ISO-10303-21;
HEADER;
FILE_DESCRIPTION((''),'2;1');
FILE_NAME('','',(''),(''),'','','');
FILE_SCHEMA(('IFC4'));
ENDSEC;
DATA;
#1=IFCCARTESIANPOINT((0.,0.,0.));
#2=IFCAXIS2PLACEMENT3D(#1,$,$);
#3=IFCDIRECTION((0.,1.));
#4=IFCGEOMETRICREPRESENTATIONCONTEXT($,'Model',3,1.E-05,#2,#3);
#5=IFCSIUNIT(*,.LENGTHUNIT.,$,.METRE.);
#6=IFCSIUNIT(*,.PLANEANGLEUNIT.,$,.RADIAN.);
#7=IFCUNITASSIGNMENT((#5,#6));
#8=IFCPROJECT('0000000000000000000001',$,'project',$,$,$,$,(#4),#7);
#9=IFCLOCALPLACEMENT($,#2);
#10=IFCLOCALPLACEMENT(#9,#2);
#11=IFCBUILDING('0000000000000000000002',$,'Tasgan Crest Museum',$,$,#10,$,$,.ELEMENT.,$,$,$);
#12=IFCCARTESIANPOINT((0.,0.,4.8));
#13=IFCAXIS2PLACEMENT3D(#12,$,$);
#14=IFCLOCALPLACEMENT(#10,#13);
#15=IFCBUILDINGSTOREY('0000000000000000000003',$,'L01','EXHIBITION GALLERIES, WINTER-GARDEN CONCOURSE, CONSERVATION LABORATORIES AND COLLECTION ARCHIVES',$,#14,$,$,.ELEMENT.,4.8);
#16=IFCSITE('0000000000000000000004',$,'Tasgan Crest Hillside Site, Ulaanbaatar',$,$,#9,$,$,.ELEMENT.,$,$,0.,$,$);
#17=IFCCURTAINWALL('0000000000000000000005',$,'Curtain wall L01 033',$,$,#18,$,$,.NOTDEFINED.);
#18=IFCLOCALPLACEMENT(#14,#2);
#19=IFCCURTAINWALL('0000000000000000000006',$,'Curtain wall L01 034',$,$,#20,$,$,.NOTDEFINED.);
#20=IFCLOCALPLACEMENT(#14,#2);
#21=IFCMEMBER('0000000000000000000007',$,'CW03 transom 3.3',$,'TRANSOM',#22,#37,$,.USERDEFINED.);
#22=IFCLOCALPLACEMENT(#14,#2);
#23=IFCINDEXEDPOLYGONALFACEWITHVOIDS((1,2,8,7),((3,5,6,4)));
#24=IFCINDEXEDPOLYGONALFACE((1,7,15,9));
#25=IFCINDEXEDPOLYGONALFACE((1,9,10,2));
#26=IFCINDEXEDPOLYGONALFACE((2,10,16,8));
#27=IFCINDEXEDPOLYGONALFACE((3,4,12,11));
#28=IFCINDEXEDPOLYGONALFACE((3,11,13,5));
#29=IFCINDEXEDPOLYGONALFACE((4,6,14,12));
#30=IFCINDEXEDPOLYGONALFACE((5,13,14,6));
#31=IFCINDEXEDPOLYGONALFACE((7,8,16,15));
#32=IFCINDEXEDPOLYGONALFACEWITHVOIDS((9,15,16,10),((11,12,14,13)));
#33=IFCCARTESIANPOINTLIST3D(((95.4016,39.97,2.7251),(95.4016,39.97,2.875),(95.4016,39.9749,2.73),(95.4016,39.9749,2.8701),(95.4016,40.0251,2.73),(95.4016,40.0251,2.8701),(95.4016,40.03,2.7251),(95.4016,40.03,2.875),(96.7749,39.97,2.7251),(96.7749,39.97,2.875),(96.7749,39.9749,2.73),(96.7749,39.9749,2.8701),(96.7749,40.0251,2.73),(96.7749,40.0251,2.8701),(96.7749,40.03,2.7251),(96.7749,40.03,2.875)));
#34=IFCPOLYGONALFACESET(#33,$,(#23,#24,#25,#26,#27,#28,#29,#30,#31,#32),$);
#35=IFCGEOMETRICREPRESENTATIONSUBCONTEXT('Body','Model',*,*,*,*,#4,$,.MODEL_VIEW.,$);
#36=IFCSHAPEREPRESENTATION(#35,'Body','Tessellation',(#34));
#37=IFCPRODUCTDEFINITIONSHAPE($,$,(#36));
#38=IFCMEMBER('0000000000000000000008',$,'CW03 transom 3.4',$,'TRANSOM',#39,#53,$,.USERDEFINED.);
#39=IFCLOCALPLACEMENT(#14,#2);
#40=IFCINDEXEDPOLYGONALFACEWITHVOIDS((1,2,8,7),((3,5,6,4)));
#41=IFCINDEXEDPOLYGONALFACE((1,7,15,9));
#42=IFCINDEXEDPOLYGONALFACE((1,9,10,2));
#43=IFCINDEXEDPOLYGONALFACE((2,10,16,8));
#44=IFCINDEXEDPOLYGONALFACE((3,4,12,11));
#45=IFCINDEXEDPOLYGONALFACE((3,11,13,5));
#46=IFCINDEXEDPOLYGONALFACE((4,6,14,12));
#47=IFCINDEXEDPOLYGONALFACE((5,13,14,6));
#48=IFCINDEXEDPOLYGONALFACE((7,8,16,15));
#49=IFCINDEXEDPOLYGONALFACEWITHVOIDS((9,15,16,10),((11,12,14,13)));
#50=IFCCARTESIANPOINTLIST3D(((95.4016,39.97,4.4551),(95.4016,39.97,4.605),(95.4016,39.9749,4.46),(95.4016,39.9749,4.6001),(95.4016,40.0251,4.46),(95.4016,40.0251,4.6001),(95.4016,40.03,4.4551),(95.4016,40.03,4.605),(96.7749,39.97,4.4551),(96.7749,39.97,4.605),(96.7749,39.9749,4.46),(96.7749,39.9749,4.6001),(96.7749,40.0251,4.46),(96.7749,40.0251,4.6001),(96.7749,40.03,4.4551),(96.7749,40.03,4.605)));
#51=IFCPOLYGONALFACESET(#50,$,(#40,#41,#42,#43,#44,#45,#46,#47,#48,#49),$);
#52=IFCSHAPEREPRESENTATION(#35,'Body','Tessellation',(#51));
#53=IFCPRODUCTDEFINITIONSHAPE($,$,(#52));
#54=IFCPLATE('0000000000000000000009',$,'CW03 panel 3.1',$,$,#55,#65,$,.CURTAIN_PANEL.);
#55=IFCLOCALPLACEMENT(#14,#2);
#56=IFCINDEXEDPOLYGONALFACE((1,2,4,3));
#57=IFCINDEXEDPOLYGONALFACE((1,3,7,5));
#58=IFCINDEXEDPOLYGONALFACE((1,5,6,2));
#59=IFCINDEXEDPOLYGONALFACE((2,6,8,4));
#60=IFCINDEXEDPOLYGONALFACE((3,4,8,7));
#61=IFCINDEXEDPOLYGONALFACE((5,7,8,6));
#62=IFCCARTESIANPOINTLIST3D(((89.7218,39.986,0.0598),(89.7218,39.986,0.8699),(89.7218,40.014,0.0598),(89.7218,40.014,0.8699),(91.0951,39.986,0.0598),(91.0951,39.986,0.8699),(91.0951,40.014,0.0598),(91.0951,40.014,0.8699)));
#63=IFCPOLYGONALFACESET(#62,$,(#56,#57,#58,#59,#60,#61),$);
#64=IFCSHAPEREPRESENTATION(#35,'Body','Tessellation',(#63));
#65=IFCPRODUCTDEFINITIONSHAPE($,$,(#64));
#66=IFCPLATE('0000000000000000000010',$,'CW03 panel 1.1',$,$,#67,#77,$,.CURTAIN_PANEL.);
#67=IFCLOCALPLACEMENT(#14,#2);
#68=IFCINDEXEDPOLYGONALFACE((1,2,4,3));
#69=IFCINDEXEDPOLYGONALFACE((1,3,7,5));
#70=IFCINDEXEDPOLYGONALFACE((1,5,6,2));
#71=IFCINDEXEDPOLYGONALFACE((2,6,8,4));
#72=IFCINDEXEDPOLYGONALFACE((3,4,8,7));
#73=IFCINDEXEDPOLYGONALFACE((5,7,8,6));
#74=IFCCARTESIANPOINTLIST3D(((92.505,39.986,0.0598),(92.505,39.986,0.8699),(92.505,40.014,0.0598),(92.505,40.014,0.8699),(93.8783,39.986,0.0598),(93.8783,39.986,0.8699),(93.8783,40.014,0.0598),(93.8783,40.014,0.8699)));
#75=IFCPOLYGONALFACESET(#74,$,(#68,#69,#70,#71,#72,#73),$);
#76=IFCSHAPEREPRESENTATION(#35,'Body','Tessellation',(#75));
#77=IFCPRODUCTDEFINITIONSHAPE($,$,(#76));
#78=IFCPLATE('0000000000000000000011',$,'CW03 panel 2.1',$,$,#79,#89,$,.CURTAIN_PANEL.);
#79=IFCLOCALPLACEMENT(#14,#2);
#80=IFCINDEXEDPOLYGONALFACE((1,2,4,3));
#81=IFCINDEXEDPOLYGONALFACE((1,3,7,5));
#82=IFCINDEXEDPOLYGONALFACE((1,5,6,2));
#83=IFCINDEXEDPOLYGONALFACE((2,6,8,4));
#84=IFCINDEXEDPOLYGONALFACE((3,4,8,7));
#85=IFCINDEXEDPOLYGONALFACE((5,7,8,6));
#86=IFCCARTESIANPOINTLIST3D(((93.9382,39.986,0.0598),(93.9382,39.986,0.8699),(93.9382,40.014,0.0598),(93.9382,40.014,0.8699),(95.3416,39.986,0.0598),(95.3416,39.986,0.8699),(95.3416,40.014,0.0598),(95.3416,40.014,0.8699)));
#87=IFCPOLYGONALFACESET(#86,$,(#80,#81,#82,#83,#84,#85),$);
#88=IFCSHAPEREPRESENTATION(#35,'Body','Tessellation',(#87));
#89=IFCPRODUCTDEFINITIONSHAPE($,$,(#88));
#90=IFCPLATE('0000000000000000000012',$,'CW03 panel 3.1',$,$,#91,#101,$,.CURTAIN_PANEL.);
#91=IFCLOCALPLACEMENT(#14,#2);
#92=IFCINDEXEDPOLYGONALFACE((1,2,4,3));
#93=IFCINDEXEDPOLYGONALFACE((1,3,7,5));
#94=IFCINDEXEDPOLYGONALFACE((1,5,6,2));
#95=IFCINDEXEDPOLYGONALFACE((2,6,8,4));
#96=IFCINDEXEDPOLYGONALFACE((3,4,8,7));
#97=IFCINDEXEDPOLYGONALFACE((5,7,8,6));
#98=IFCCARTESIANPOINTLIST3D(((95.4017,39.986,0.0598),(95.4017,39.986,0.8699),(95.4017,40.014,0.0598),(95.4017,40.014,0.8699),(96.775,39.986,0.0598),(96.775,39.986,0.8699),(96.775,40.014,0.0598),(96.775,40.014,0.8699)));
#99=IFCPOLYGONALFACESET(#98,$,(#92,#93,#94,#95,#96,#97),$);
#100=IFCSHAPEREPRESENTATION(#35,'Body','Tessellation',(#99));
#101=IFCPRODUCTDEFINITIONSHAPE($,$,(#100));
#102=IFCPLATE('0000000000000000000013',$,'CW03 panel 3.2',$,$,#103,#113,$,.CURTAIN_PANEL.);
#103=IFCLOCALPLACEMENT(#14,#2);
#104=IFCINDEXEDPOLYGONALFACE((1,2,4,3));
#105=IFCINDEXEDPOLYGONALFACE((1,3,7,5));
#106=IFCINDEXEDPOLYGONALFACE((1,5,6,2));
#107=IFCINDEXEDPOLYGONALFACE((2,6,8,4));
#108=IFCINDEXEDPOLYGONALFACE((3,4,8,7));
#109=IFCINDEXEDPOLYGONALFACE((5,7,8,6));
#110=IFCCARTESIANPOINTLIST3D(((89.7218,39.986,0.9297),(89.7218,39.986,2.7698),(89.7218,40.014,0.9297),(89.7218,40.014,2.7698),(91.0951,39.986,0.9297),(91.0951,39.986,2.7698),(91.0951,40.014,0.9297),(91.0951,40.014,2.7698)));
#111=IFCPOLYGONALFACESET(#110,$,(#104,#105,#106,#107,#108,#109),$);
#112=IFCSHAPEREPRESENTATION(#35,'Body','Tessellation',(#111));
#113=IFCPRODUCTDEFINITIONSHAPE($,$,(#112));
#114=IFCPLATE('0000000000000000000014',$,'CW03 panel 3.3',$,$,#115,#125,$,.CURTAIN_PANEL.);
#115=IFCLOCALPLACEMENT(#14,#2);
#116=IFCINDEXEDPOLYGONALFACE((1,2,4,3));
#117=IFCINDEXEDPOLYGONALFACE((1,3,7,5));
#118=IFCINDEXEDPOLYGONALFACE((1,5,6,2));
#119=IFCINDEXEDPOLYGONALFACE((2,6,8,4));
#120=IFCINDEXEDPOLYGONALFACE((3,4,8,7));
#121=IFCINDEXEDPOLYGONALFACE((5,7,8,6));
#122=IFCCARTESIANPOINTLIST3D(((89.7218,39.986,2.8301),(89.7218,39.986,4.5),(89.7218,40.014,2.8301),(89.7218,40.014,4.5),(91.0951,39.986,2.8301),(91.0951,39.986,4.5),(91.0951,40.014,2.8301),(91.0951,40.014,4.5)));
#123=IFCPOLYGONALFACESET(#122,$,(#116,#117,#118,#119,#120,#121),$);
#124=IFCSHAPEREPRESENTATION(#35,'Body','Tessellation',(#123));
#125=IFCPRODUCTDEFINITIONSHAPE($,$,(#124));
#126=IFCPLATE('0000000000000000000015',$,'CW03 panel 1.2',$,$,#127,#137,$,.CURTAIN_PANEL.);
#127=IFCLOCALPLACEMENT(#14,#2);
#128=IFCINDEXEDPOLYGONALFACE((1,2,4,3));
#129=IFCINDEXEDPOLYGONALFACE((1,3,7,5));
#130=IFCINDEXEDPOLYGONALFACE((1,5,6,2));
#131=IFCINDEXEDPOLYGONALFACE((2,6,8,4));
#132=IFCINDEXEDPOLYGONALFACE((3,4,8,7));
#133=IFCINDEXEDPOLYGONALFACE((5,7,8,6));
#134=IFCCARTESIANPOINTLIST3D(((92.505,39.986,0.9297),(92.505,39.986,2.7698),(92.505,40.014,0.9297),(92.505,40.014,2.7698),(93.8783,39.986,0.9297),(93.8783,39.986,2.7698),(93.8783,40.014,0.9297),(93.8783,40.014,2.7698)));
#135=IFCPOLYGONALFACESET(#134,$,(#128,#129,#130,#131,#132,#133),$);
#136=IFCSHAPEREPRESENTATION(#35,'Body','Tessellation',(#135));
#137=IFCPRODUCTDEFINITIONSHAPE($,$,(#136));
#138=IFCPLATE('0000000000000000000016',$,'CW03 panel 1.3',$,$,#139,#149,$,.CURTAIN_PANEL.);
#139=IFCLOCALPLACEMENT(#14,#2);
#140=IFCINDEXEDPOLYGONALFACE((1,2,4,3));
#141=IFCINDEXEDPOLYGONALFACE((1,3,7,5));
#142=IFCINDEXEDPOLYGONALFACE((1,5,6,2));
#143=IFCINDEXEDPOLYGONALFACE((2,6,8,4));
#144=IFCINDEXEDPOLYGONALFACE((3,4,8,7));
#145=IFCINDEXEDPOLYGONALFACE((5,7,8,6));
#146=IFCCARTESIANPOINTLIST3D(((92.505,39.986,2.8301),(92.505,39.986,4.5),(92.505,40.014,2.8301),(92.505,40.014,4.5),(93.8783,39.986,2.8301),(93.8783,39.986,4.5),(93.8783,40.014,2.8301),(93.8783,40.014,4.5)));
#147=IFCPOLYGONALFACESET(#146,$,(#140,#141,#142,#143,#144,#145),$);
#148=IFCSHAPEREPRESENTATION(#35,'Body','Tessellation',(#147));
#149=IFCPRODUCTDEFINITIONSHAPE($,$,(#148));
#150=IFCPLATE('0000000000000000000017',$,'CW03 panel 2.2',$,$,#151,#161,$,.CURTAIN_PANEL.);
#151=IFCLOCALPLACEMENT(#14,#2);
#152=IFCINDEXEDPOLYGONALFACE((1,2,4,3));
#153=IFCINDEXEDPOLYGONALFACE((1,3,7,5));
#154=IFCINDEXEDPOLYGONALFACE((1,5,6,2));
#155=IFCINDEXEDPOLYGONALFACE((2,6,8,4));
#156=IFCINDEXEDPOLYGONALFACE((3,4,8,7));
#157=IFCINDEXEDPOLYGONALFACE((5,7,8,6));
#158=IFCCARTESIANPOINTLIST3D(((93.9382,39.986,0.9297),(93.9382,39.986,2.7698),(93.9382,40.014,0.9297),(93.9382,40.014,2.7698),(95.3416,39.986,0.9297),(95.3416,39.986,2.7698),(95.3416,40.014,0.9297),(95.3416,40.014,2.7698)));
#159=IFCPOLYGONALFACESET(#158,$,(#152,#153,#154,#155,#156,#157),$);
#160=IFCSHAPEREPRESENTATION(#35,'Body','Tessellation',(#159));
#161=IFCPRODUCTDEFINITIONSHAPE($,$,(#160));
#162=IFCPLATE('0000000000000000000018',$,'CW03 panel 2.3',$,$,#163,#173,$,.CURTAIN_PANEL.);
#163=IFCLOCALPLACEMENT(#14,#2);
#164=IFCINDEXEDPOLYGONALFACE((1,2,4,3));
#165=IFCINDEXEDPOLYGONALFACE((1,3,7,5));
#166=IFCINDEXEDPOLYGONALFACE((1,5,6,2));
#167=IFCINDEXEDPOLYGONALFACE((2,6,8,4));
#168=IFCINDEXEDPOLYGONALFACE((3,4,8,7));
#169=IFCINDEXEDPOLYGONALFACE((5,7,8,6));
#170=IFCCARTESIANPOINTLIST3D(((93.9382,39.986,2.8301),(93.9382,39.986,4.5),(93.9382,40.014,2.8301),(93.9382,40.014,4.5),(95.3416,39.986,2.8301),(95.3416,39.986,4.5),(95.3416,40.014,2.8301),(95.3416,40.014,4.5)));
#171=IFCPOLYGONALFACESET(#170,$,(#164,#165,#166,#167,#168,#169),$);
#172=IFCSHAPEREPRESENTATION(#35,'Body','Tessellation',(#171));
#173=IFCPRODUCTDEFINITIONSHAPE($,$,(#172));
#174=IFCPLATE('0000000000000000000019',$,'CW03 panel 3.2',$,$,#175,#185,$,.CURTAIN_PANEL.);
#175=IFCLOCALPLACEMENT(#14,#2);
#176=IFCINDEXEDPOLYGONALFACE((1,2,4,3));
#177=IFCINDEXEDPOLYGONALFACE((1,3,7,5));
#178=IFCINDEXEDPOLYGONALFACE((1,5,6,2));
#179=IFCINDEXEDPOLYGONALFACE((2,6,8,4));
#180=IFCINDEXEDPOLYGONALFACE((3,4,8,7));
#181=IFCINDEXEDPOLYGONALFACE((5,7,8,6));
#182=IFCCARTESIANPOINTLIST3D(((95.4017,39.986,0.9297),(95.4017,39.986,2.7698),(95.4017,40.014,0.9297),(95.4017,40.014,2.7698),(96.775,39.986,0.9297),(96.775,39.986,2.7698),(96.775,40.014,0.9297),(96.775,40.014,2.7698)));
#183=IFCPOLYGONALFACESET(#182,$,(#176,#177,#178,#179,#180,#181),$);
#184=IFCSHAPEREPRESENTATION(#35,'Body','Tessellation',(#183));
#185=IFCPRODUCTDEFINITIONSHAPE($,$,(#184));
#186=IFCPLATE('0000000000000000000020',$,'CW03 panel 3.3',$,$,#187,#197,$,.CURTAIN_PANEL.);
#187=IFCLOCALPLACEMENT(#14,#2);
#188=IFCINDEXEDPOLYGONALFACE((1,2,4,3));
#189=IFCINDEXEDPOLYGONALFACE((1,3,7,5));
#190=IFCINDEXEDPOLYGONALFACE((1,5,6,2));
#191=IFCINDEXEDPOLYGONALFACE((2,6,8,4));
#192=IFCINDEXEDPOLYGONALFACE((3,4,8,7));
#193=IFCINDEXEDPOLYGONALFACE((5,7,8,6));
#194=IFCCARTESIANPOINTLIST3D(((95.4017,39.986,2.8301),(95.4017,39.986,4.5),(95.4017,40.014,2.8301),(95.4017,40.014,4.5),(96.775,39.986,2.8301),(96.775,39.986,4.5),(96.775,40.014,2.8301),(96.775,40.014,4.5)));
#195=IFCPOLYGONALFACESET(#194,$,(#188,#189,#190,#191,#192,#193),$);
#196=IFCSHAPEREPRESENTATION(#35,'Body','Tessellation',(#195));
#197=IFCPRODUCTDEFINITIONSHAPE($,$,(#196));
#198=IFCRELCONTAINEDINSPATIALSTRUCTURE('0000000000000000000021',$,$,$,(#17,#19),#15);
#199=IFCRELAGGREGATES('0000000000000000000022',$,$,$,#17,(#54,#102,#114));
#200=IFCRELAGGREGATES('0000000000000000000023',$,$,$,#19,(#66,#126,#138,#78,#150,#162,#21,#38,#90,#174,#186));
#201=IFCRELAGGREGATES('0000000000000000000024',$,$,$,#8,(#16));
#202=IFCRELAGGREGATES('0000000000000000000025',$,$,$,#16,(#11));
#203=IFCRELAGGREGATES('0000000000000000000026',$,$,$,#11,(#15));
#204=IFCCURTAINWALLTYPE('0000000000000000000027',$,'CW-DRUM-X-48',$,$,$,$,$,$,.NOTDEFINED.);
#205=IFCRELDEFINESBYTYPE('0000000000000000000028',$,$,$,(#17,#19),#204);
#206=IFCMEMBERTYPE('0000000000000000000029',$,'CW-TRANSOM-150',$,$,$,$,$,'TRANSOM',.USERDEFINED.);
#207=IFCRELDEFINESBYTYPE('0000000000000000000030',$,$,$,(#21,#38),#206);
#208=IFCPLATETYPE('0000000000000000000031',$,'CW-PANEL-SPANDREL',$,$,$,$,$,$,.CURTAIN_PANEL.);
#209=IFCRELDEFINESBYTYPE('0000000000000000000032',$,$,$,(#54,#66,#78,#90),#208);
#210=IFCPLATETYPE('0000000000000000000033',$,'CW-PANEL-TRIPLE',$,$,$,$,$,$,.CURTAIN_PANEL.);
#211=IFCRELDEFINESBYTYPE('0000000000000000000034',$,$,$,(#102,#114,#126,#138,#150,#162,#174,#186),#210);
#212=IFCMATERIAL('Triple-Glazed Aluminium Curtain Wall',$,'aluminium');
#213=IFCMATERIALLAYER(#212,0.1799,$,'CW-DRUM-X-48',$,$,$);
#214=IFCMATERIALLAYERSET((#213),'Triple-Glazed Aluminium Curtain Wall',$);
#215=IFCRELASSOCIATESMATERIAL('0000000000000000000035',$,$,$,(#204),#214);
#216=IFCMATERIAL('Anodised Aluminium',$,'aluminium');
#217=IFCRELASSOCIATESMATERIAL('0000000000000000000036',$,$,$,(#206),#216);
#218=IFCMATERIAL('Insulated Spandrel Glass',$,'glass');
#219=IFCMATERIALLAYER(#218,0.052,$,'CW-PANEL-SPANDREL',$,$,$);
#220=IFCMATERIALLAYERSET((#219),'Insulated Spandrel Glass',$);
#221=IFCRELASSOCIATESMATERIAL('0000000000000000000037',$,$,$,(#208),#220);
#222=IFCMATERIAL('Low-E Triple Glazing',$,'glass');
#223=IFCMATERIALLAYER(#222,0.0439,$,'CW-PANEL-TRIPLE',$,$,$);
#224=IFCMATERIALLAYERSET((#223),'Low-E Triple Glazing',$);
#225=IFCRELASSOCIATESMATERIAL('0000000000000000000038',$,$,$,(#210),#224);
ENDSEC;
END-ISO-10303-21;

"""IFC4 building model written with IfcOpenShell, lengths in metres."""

from ifc_helpers import new_model, si_unit, direction, frame, origin, origin_2d, place, context, subcontext, project, spatial, rectangle, hollow_rectangle, extrude, material, layer, layer_set, material_profile, profile_set, type_object, element, aggregate, save


model = new_model("IFC4")

# Units and contexts
model_context = context("Model", 3, precision=1e-05, world=origin(), true_north=direction((0.0, 1.0)))
body_context = subcontext(model_context, "Body", "Model", "MODEL_VIEW")
ifc_project = project(units=[si_unit("LENGTHUNIT", "METRE"), si_unit("PLANEANGLEUNIT", "RADIAN")], contexts=[model_context])

# Site, building, storey
site_placement = place(None, origin())
site = spatial("IfcSite", under=ifc_project, at=site_placement, Name="Tasgan Crest Hillside Site, Ulaanbaatar", CompositionType="ELEMENT", RefElevation=0.0)
building_placement = place(site_placement, origin())
building = spatial("IfcBuilding", under=site, at=building_placement, Name="Tasgan Crest Museum", CompositionType="ELEMENT")
storey_placement = place(building_placement, frame((0.0, 0.0, 4.8)))
storey = spatial("IfcBuildingStorey", under=building, at=storey_placement, Name="L01", Description="EXHIBITION GALLERIES, WINTER-GARDEN CONCOURSE, CONSERVATION LABORATORIES AND COLLECTION ARCHIVES", CompositionType="ELEMENT", Elevation=4.8)

# Curtain wall
ifc_material_1 = material(Name="Triple-Glazed Aluminium Curtain Wall", Category="aluminium")
ifc_layer_1 = layer(ifc_material_1, 0.1799, Name="CW-DRUM-X-48")
ifc_layer_set_1 = layer_set([ifc_layer_1], Name="Triple-Glazed Aluminium Curtain Wall")
curtain_wall_type = type_object("IfcCurtainWallType", Name="CW-DRUM-X-48", PredefinedType="NOTDEFINED", material=ifc_layer_set_1)
curtain_wall_1_placement = place(storey_placement, origin())
curtain_wall_1 = element("IfcCurtainWall", 1, at=curtain_wall_1_placement, inside=storey, type_object=curtain_wall_type, Name="Curtain wall L01 033", PredefinedType="NOTDEFINED")

# Curtain wall
curtain_wall_2_placement = place(storey_placement, origin())
curtain_wall_2 = element("IfcCurtainWall", 2, at=curtain_wall_2_placement, inside=storey, type_object=curtain_wall_type, Name="Curtain wall L01 034", PredefinedType="NOTDEFINED")

# Members
ifc_material_2 = material(Name="Anodised Aluminium", Category="aluminium")
ifc_material_profile_1 = material_profile(ifc_material_2, hollow_rectangle(XDim=0.0601, YDim=0.1499, WallThickness=0.0049, at=origin_2d()), Name="ALU TRANSOM 150x60x5")
ifc_profile_set_1 = profile_set([ifc_material_profile_1], Name="Anodised Aluminium")
member_type_1 = type_object("IfcMemberType", Name="CW-TRANSOM-150", ElementType="TRANSOM", PredefinedType="USERDEFINED", material=ifc_profile_set_1)
member_1_placement = place(storey_placement, frame((95.4016, 40.0, 2.8), z_axis=(1.0, 0.0, 0.0), x_axis=(0.0, 1.0, 0.0)))
member_1 = element("IfcMember", 3, at=member_1_placement, type_object=member_type_1, Name="CW03 transom 3.3", ObjectType="TRANSOM", PredefinedType="USERDEFINED", context=body_context, shape_type="SweptSolid", body=[
    extrude(hollow_rectangle(XDim=0.0601, YDim=0.1499, WallThickness=0.0049, at=origin_2d()), origin(), (0.0, 0.0, 1.0), 1.3733),
])
member_2_placement = place(storey_placement, frame((95.4016, 40.0, 4.53), z_axis=(1.0, 0.0, 0.0), x_axis=(0.0, 1.0, 0.0)))
member_2 = element("IfcMember", 4, at=member_2_placement, type_object=member_type_1, Name="CW03 transom 3.4", ObjectType="TRANSOM", PredefinedType="USERDEFINED", context=body_context, shape_type="SweptSolid", body=[
    extrude(hollow_rectangle(XDim=0.0601, YDim=0.1499, WallThickness=0.0049, at=origin_2d()), origin(), (0.0, 0.0, 1.0), 1.3733),
])

# Plates
ifc_material_3 = material(Name="Insulated Spandrel Glass", Category="glass")
ifc_layer_2 = layer(ifc_material_3, 0.052, Name="CW-PANEL-SPANDREL")
ifc_layer_set_2 = layer_set([ifc_layer_2], Name="Insulated Spandrel Glass")
plate_type_1 = type_object("IfcPlateType", Name="CW-PANEL-SPANDREL", PredefinedType="CURTAIN_PANEL", material=ifc_layer_set_2)
plate_1_placement = place(storey_placement, frame((90.4084, 40.0, 0.0598), z_axis=(0.0, 0.0, 1.0), x_axis=(1.0, 0.0, 0.0)))
plate_1 = element("IfcPlate", 5, at=plate_1_placement, type_object=plate_type_1, Name="CW03 panel 3.1", PredefinedType="CURTAIN_PANEL", context=body_context, shape_type="SweptSolid", body=[
    extrude(rectangle(XDim=1.3733, YDim=0.0281, at=origin_2d()), origin(), (0.0, 0.0, 1.0), 0.8101),
])
plate_2_placement = place(storey_placement, frame((93.1917, 40.0, 0.0598), z_axis=(0.0, 0.0, 1.0), x_axis=(1.0, 0.0, 0.0)))
plate_2 = element("IfcPlate", 6, at=plate_2_placement, type_object=plate_type_1, Name="CW03 panel 1.1", PredefinedType="CURTAIN_PANEL", context=body_context, shape_type="SweptSolid", body=[
    extrude(rectangle(XDim=1.3733, YDim=0.0281, at=origin_2d()), origin(), (0.0, 0.0, 1.0), 0.8101),
])
plate_3_placement = place(storey_placement, frame((94.6399, 40.0, 0.0598), z_axis=(0.0, 0.0, 1.0), x_axis=(1.0, 0.0, 0.0)))
plate_3 = element("IfcPlate", 7, at=plate_3_placement, type_object=plate_type_1, Name="CW03 panel 2.1", PredefinedType="CURTAIN_PANEL", context=body_context, shape_type="SweptSolid", body=[
    extrude(rectangle(XDim=1.4033, YDim=0.0281, at=origin_2d()), origin(), (0.0, 0.0, 1.0), 0.8101),
])
plate_4_placement = place(storey_placement, frame((96.0884, 40.0, 0.0598), z_axis=(0.0, 0.0, 1.0), x_axis=(1.0, 0.0, 0.0)))
plate_4 = element("IfcPlate", 8, at=plate_4_placement, type_object=plate_type_1, Name="CW03 panel 3.1", PredefinedType="CURTAIN_PANEL", context=body_context, shape_type="SweptSolid", body=[
    extrude(rectangle(XDim=1.3733, YDim=0.0281, at=origin_2d()), origin(), (0.0, 0.0, 1.0), 0.8101),
])
ifc_material_4 = material(Name="Low-E Triple Glazing", Category="glass")
ifc_layer_3 = layer(ifc_material_4, 0.0439, Name="CW-PANEL-TRIPLE")
ifc_layer_set_3 = layer_set([ifc_layer_3], Name="Low-E Triple Glazing")
plate_type_2 = type_object("IfcPlateType", Name="CW-PANEL-TRIPLE", PredefinedType="CURTAIN_PANEL", material=ifc_layer_set_3)
plate_5_placement = place(storey_placement, frame((90.4084, 40.0, 0.9297), z_axis=(0.0, 0.0, 1.0), x_axis=(1.0, 0.0, 0.0)))
plate_5 = element("IfcPlate", 9, at=plate_5_placement, type_object=plate_type_2, Name="CW03 panel 3.2", PredefinedType="CURTAIN_PANEL", context=body_context, shape_type="SweptSolid", body=[
    extrude(rectangle(XDim=1.3733, YDim=0.0281, at=origin_2d()), origin(), (0.0, 0.0, 1.0), 1.8401),
])
plate_6_placement = place(storey_placement, frame((90.4084, 40.0, 2.8301), z_axis=(0.0, 0.0, 1.0), x_axis=(1.0, 0.0, 0.0)))
plate_6 = element("IfcPlate", 10, at=plate_6_placement, type_object=plate_type_2, Name="CW03 panel 3.3", PredefinedType="CURTAIN_PANEL", context=body_context, shape_type="SweptSolid", body=[
    extrude(rectangle(XDim=1.3733, YDim=0.0281, at=origin_2d()), origin(), (0.0, 0.0, 1.0), 1.6699),
])
aggregate(curtain_wall_1, [plate_1, plate_5, plate_6])
plate_7_placement = place(storey_placement, frame((93.1917, 40.0, 0.9297), z_axis=(0.0, 0.0, 1.0), x_axis=(1.0, 0.0, 0.0)))
plate_7 = element("IfcPlate", 11, at=plate_7_placement, type_object=plate_type_2, Name="CW03 panel 1.2", PredefinedType="CURTAIN_PANEL", context=body_context, shape_type="SweptSolid", body=[
    extrude(rectangle(XDim=1.3733, YDim=0.0281, at=origin_2d()), origin(), (0.0, 0.0, 1.0), 1.8401),
])
plate_8_placement = place(storey_placement, frame((93.1917, 40.0, 2.8301), z_axis=(0.0, 0.0, 1.0), x_axis=(1.0, 0.0, 0.0)))
plate_8 = element("IfcPlate", 12, at=plate_8_placement, type_object=plate_type_2, Name="CW03 panel 1.3", PredefinedType="CURTAIN_PANEL", context=body_context, shape_type="SweptSolid", body=[
    extrude(rectangle(XDim=1.3733, YDim=0.0281, at=origin_2d()), origin(), (0.0, 0.0, 1.0), 1.6699),
])
plate_9_placement = place(storey_placement, frame((94.6399, 40.0, 0.9297), z_axis=(0.0, 0.0, 1.0), x_axis=(1.0, 0.0, 0.0)))
plate_9 = element("IfcPlate", 13, at=plate_9_placement, type_object=plate_type_2, Name="CW03 panel 2.2", PredefinedType="CURTAIN_PANEL", context=body_context, shape_type="SweptSolid", body=[
    extrude(rectangle(XDim=1.4033, YDim=0.0281, at=origin_2d()), origin(), (0.0, 0.0, 1.0), 1.8401),
])
plate_10_placement = place(storey_placement, frame((94.6399, 40.0, 2.8301), z_axis=(0.0, 0.0, 1.0), x_axis=(1.0, 0.0, 0.0)))
plate_10 = element("IfcPlate", 14, at=plate_10_placement, type_object=plate_type_2, Name="CW03 panel 2.3", PredefinedType="CURTAIN_PANEL", context=body_context, shape_type="SweptSolid", body=[
    extrude(rectangle(XDim=1.4033, YDim=0.0281, at=origin_2d()), origin(), (0.0, 0.0, 1.0), 1.6699),
])
plate_11_placement = place(storey_placement, frame((96.0884, 40.0, 0.9297), z_axis=(0.0, 0.0, 1.0), x_axis=(1.0, 0.0, 0.0)))
plate_11 = element("IfcPlate", 15, at=plate_11_placement, type_object=plate_type_2, Name="CW03 panel 3.2", PredefinedType="CURTAIN_PANEL", context=body_context, shape_type="SweptSolid", body=[
    extrude(rectangle(XDim=1.3733, YDim=0.0281, at=origin_2d()), origin(), (0.0, 0.0, 1.0), 1.8401),
])
plate_12_placement = place(storey_placement, frame((96.0884, 40.0, 2.8301), z_axis=(0.0, 0.0, 1.0), x_axis=(1.0, 0.0, 0.0)))
plate_12 = element("IfcPlate", 16, at=plate_12_placement, type_object=plate_type_2, Name="CW03 panel 3.3", PredefinedType="CURTAIN_PANEL", context=body_context, shape_type="SweptSolid", body=[
    extrude(rectangle(XDim=1.3733, YDim=0.0281, at=origin_2d()), origin(), (0.0, 0.0, 1.0), 1.6699),
])
aggregate(curtain_wall_2, [plate_2, plate_7, plate_8, plate_3, plate_9, plate_10, member_1, member_2, plate_4, plate_11, plate_12])

save(model, "model.ifc")
